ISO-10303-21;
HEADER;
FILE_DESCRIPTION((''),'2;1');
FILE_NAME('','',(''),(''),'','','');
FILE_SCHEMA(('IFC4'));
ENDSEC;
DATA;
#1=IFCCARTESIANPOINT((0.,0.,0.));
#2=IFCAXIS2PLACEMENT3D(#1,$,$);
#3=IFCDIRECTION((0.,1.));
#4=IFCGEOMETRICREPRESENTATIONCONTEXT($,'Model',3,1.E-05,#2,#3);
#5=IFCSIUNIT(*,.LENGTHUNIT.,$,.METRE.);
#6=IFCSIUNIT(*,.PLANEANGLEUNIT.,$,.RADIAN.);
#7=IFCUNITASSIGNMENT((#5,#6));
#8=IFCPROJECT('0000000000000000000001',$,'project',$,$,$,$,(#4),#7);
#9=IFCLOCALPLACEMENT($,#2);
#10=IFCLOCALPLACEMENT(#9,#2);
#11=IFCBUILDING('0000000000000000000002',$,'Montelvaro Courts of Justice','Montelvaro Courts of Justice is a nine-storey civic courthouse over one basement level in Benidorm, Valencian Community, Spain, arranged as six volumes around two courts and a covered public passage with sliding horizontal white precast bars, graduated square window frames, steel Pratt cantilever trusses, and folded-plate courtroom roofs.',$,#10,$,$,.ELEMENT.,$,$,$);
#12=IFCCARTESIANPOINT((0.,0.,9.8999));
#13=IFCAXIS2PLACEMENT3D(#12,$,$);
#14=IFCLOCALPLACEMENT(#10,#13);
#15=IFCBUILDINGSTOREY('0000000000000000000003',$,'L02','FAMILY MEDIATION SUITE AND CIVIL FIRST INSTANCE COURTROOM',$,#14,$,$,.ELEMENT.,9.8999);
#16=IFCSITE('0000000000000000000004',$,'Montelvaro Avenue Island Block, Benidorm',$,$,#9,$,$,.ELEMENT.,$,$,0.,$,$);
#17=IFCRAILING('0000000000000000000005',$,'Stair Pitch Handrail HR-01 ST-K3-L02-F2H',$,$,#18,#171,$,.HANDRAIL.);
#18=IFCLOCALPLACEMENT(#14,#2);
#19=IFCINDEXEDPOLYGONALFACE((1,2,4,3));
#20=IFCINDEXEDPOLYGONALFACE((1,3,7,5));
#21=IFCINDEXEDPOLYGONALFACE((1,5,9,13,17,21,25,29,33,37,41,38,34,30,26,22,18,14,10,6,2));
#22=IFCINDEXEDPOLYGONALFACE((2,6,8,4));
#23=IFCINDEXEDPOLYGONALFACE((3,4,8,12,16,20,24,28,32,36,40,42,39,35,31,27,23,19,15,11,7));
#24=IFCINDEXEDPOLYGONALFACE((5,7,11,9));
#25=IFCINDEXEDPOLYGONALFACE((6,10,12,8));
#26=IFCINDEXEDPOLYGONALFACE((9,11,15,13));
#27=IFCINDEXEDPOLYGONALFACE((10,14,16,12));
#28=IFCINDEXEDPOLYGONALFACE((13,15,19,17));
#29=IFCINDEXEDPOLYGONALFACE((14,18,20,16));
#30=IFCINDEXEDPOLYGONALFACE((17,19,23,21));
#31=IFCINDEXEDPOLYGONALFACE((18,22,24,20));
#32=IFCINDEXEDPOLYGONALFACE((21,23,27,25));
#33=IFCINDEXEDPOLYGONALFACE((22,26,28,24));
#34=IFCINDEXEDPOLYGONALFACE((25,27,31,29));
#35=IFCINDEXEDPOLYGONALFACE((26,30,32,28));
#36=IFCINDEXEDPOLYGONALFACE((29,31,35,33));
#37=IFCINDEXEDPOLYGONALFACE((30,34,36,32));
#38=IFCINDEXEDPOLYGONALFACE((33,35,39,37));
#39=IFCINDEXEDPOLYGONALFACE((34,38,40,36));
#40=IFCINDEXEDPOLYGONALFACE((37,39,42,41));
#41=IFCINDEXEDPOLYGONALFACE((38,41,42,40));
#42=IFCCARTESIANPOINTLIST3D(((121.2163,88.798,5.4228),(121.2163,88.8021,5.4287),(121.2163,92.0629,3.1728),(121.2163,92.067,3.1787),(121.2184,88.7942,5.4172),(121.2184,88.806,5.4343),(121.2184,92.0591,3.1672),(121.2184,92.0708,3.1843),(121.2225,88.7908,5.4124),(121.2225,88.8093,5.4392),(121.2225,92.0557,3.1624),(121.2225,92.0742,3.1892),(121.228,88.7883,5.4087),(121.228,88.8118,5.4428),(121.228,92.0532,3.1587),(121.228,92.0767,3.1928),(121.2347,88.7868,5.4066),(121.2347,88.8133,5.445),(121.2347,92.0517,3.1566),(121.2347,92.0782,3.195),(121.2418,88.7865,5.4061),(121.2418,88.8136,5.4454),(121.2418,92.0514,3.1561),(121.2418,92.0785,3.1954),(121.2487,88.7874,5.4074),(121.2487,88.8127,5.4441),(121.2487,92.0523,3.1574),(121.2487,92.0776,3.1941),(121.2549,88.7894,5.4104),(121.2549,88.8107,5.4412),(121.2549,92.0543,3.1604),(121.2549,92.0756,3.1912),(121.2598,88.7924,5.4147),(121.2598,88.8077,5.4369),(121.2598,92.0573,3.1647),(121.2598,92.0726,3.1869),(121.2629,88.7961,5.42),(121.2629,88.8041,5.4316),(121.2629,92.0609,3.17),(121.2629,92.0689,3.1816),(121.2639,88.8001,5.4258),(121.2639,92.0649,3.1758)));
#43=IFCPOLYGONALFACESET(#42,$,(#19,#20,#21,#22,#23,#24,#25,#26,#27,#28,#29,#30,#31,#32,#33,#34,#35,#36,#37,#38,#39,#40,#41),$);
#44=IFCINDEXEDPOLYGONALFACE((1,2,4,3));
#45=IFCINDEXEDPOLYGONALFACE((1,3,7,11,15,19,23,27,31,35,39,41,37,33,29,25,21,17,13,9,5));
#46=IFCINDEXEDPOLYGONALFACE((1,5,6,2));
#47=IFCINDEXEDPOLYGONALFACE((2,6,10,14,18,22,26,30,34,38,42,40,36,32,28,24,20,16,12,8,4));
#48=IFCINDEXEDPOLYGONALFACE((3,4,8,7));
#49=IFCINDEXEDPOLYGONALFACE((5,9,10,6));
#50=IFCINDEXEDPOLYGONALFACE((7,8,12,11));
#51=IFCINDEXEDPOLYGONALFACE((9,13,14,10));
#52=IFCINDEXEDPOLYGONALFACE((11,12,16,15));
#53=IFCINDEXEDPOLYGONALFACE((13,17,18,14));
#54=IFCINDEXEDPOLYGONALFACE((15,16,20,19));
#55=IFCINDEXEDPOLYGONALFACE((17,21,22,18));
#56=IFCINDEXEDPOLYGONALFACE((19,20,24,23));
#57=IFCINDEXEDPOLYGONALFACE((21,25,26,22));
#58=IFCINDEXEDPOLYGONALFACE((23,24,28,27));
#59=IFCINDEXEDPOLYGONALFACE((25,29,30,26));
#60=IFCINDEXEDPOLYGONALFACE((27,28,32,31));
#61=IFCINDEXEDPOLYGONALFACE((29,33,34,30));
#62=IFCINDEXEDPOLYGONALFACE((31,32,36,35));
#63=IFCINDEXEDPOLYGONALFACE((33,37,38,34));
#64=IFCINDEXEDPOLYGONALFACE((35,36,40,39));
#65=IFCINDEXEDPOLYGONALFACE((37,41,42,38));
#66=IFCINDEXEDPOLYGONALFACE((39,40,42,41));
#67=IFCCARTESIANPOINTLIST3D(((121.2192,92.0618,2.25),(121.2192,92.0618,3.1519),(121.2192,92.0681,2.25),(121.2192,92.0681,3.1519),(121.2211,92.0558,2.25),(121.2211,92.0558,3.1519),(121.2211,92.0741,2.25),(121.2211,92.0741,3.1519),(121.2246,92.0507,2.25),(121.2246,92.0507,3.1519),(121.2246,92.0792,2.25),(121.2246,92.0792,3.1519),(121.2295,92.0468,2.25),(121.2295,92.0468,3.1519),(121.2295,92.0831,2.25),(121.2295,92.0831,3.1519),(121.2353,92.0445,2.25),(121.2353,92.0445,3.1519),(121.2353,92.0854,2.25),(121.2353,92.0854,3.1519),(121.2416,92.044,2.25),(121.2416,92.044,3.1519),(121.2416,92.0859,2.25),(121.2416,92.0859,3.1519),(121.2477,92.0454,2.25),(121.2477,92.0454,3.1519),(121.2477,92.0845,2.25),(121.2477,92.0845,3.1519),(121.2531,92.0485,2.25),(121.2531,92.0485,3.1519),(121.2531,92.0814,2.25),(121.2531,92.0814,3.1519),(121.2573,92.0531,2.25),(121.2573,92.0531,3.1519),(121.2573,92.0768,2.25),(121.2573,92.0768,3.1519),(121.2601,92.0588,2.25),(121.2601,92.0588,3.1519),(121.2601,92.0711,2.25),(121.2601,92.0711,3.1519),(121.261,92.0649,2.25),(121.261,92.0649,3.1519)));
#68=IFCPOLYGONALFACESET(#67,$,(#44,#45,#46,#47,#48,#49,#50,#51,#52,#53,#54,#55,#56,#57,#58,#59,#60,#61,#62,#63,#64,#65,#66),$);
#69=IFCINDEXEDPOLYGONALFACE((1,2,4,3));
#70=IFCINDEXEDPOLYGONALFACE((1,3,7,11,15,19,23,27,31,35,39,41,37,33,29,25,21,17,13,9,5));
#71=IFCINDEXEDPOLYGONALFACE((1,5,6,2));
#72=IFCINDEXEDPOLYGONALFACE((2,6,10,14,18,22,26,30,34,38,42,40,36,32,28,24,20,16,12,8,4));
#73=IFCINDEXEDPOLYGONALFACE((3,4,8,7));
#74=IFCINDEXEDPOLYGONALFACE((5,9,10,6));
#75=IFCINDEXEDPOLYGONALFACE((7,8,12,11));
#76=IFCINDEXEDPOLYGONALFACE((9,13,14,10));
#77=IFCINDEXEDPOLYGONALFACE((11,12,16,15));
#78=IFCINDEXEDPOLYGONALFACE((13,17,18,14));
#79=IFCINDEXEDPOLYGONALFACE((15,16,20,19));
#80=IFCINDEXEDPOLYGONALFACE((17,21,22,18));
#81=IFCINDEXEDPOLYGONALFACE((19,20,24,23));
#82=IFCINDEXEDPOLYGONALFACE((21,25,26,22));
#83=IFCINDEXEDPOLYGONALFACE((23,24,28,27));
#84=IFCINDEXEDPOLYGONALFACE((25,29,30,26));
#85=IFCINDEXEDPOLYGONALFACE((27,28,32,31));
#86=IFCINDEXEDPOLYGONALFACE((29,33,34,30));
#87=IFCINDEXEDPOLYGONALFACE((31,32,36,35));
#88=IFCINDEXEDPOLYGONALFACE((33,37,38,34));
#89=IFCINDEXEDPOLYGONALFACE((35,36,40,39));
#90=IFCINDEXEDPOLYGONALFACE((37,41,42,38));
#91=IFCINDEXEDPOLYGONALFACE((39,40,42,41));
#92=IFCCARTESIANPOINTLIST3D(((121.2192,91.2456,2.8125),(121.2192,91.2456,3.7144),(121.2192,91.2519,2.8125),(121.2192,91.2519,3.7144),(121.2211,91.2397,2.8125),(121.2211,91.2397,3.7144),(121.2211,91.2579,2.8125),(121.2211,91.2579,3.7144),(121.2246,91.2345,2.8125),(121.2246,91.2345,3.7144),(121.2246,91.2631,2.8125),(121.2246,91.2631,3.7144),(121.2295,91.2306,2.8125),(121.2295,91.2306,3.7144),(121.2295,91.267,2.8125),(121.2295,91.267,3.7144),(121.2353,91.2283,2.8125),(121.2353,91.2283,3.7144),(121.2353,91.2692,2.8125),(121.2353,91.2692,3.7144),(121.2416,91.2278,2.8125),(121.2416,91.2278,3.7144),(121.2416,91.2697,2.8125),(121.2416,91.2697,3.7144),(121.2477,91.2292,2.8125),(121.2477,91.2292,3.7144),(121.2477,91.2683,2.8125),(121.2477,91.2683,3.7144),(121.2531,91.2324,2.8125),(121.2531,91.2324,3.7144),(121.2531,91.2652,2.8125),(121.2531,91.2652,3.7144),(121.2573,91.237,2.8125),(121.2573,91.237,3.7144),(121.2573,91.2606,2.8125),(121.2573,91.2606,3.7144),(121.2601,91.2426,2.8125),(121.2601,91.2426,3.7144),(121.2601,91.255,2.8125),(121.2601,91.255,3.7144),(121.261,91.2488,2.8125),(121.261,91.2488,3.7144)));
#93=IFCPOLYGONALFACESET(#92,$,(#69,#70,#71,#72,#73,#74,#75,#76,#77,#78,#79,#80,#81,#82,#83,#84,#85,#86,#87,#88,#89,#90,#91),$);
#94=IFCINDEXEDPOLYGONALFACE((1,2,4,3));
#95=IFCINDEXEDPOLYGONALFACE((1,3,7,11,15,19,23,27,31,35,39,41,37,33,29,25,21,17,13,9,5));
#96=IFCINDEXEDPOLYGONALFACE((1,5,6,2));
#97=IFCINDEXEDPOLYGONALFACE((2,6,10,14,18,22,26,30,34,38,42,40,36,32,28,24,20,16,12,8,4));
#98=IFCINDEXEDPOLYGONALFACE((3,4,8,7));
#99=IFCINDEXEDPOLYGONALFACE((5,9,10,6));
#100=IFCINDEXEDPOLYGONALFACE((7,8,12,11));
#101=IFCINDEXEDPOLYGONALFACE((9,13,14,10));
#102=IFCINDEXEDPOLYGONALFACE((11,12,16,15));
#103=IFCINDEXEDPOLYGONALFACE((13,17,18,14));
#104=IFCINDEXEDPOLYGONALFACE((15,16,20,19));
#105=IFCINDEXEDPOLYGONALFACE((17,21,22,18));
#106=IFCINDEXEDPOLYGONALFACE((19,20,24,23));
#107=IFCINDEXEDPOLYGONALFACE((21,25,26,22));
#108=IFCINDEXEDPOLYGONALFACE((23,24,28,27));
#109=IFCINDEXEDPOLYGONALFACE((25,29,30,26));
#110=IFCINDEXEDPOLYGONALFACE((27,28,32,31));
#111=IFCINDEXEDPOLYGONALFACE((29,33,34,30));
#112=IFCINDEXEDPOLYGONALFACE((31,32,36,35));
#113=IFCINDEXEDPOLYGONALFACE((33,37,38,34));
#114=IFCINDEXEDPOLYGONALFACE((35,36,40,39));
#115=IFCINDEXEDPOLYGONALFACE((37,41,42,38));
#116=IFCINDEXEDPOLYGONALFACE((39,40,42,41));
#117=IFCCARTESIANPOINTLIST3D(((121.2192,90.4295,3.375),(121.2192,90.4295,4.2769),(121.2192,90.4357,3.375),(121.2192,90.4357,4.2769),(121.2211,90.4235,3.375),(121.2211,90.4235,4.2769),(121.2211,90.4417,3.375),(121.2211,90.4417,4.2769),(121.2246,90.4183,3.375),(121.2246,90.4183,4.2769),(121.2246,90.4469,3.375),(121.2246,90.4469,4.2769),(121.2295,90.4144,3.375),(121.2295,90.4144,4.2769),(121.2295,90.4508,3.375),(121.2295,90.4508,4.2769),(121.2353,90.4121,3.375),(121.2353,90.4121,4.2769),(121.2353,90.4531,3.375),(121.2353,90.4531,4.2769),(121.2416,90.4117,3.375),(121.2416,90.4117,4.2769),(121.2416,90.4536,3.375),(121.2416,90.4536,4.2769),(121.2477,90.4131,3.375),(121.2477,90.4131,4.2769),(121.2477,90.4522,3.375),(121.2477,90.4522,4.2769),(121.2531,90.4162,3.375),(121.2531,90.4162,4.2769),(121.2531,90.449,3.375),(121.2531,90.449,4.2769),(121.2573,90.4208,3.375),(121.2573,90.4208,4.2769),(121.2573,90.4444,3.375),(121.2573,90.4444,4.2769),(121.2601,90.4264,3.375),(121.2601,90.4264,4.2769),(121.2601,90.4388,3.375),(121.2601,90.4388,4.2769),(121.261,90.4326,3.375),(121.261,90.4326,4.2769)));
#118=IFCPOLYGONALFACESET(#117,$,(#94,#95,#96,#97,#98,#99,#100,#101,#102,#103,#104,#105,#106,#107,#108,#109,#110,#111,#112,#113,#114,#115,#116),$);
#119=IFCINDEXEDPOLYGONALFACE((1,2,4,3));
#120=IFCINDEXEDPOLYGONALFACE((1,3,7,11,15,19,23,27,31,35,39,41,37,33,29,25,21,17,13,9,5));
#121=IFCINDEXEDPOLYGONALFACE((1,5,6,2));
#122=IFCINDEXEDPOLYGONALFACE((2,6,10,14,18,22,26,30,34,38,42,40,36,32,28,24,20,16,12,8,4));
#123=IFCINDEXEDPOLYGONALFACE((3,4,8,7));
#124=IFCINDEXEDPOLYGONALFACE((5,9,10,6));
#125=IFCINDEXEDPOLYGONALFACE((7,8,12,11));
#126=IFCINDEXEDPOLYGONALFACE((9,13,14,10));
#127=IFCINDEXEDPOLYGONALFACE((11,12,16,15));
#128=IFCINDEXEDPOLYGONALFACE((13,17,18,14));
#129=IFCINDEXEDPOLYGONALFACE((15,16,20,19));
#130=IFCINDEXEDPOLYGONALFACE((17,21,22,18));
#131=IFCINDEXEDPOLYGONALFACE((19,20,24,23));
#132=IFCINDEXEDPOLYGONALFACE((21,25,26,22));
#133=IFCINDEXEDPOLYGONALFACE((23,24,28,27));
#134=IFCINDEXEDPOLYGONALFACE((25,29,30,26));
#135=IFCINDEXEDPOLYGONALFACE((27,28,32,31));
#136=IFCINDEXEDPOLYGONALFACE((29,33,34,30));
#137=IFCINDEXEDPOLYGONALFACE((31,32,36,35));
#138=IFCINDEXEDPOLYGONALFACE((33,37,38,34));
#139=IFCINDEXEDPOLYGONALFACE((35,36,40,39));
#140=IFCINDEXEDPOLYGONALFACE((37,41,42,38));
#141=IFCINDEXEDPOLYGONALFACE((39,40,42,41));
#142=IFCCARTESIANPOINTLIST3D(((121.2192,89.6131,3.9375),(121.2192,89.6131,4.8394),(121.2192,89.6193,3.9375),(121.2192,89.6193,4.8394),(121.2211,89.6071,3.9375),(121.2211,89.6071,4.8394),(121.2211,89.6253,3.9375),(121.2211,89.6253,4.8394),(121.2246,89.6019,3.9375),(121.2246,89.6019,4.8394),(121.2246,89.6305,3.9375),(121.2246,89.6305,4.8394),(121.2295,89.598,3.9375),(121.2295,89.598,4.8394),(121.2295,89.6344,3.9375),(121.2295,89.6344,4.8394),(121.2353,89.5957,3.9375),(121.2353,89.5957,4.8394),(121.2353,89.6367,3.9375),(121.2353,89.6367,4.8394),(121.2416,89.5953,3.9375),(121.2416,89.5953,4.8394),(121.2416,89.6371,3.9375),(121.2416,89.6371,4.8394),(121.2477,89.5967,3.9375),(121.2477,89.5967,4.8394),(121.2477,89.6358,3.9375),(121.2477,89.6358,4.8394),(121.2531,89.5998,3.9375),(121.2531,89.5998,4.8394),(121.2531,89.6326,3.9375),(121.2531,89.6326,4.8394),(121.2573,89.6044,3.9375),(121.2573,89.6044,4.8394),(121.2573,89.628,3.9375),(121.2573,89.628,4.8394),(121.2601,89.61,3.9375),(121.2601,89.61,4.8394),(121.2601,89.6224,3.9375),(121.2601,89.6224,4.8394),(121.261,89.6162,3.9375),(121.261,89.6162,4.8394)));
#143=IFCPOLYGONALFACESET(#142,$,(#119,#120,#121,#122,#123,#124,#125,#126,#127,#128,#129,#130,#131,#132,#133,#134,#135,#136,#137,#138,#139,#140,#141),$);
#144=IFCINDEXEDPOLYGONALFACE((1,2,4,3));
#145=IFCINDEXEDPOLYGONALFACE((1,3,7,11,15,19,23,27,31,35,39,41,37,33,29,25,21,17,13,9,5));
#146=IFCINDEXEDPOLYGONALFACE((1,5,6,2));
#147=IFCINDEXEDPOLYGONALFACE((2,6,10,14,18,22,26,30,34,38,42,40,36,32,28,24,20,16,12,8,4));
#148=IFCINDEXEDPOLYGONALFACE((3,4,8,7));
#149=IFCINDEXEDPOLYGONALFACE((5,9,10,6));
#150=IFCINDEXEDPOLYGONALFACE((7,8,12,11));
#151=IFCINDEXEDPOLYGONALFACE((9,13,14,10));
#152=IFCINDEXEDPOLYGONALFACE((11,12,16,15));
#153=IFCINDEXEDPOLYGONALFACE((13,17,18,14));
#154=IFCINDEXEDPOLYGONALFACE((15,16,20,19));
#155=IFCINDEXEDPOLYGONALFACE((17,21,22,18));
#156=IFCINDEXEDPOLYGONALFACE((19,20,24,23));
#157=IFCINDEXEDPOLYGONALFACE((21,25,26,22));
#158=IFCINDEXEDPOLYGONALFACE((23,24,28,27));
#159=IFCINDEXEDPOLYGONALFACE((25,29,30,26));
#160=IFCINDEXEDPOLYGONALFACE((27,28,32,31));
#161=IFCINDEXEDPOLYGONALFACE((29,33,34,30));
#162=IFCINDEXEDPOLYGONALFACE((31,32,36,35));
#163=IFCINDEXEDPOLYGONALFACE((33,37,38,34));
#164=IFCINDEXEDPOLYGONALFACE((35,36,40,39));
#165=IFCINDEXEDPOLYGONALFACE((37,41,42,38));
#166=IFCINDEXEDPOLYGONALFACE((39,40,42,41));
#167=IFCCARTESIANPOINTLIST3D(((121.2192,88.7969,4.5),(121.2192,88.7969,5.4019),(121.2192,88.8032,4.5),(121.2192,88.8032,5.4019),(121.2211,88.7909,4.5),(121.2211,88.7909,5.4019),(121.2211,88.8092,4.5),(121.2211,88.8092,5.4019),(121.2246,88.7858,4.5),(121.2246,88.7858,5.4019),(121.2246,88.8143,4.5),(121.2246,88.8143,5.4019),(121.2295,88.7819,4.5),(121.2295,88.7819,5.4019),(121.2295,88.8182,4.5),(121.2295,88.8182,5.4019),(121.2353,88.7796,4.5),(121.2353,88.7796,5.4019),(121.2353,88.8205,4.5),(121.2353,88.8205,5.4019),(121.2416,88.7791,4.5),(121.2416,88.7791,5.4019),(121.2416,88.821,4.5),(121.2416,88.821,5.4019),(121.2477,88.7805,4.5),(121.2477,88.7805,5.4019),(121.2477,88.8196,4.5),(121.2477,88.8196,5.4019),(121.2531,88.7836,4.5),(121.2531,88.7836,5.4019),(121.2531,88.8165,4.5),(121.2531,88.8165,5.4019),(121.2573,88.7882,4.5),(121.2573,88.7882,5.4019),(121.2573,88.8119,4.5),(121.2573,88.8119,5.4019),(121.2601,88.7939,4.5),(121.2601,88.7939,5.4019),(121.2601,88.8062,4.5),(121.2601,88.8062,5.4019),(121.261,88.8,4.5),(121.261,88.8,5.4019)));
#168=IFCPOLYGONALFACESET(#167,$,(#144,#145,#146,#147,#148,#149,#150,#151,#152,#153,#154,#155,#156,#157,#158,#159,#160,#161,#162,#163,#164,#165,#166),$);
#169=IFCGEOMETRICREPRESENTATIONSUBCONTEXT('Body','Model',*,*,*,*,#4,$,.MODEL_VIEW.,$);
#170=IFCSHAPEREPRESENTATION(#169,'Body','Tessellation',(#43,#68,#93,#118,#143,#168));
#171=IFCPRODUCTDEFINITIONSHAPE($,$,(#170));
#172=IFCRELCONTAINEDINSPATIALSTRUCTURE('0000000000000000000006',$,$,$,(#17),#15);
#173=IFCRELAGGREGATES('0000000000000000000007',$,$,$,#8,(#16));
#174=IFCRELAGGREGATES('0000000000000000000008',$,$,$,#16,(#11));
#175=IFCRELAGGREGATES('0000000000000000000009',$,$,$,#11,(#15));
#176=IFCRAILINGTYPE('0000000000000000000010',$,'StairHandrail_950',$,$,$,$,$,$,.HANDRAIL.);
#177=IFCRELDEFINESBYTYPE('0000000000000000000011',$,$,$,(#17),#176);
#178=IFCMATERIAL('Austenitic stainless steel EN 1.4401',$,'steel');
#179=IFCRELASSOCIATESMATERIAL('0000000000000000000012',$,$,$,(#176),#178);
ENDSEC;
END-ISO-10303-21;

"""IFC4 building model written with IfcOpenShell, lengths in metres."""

from ifc_helpers import new_model, si_unit, direction, frame, origin, origin_2d, place, context, subcontext, project, spatial, circle, extrude, material, type_object, element, save


model = new_model("IFC4")

# Units and contexts
model_context = context("Model", 3, precision=1e-05, world=origin(), true_north=direction((0.0, 1.0)))
body_context = subcontext(model_context, "Body", "Model", "MODEL_VIEW")
ifc_project = project(units=[si_unit("LENGTHUNIT", "METRE"), si_unit("PLANEANGLEUNIT", "RADIAN")], contexts=[model_context])

# Site, building, storey
site_placement = place(None, origin())
site = spatial("IfcSite", under=ifc_project, at=site_placement, Name="Montelvaro Avenue Island Block, Benidorm", CompositionType="ELEMENT", RefElevation=0.0)
building_placement = place(site_placement, origin())
building = spatial("IfcBuilding", under=site, at=building_placement, Name="Montelvaro Courts of Justice", Description="Montelvaro Courts of Justice is a nine-storey civic courthouse over one basement level in Benidorm, Valencian Community, Spain, arranged as six volumes around two courts and a covered public passage with sliding horizontal white precast bars, graduated square window frames, steel Pratt cantilever trusses, and folded-plate courtroom roofs.", CompositionType="ELEMENT")
storey_placement = place(building_placement, frame((0.0, 0.0, 9.8999)))
storey = spatial("IfcBuildingStorey", under=building, at=storey_placement, Name="L02", Description="FAMILY MEDIATION SUITE AND CIVIL FIRST INSTANCE COURTROOM", CompositionType="ELEMENT", Elevation=9.8999)

# Railing
ifc_material_1 = material(Name="Austenitic stainless steel EN 1.4401", Category="steel")
railing_type_1 = type_object("IfcRailingType", Name="StairHandrail_950", PredefinedType="HANDRAIL", material=ifc_material_1)
railing_1_placement = place(storey_placement, frame((121.24, 92.0649, 2.25)))
element("IfcRailing", 1, at=railing_1_placement, inside=storey, type_object=railing_type_1, Name="Stair Pitch Handrail HR-01 ST-K3-L02-F2H", PredefinedType="HANDRAIL", context=body_context, shape_type="SweptSolid", body=[
    extrude(circle(Radius=0.0239, at=origin_2d()), frame((0.0, 0.0, 0.9258), z_axis=(0.0, -0.823407, 0.567451), x_axis=(1.0, 0.0, 0.0)), (0.0, 0.0, 1.0), 3.9651),
    extrude(circle(Radius=0.021, at=origin_2d()), origin(), (0.0, 0.0, 1.0), 0.9019),
    extrude(circle(Radius=0.021, at=origin_2d()), frame((0.0, -0.8162, 0.5625)), (0.0, 0.0, 1.0), 0.9019),
    extrude(circle(Radius=0.021, at=origin_2d()), frame((0.0, -1.6323, 1.125)), (0.0, 0.0, 1.0), 0.9019),
    extrude(circle(Radius=0.021, at=origin_2d()), frame((0.0, -2.4487, 1.6875)), (0.0, 0.0, 1.0), 0.9019),
    extrude(circle(Radius=0.021, at=origin_2d()), frame((0.0, -3.2649, 2.25)), (0.0, 0.0, 1.0), 0.9019),
])

save(model, "model.ifc")
